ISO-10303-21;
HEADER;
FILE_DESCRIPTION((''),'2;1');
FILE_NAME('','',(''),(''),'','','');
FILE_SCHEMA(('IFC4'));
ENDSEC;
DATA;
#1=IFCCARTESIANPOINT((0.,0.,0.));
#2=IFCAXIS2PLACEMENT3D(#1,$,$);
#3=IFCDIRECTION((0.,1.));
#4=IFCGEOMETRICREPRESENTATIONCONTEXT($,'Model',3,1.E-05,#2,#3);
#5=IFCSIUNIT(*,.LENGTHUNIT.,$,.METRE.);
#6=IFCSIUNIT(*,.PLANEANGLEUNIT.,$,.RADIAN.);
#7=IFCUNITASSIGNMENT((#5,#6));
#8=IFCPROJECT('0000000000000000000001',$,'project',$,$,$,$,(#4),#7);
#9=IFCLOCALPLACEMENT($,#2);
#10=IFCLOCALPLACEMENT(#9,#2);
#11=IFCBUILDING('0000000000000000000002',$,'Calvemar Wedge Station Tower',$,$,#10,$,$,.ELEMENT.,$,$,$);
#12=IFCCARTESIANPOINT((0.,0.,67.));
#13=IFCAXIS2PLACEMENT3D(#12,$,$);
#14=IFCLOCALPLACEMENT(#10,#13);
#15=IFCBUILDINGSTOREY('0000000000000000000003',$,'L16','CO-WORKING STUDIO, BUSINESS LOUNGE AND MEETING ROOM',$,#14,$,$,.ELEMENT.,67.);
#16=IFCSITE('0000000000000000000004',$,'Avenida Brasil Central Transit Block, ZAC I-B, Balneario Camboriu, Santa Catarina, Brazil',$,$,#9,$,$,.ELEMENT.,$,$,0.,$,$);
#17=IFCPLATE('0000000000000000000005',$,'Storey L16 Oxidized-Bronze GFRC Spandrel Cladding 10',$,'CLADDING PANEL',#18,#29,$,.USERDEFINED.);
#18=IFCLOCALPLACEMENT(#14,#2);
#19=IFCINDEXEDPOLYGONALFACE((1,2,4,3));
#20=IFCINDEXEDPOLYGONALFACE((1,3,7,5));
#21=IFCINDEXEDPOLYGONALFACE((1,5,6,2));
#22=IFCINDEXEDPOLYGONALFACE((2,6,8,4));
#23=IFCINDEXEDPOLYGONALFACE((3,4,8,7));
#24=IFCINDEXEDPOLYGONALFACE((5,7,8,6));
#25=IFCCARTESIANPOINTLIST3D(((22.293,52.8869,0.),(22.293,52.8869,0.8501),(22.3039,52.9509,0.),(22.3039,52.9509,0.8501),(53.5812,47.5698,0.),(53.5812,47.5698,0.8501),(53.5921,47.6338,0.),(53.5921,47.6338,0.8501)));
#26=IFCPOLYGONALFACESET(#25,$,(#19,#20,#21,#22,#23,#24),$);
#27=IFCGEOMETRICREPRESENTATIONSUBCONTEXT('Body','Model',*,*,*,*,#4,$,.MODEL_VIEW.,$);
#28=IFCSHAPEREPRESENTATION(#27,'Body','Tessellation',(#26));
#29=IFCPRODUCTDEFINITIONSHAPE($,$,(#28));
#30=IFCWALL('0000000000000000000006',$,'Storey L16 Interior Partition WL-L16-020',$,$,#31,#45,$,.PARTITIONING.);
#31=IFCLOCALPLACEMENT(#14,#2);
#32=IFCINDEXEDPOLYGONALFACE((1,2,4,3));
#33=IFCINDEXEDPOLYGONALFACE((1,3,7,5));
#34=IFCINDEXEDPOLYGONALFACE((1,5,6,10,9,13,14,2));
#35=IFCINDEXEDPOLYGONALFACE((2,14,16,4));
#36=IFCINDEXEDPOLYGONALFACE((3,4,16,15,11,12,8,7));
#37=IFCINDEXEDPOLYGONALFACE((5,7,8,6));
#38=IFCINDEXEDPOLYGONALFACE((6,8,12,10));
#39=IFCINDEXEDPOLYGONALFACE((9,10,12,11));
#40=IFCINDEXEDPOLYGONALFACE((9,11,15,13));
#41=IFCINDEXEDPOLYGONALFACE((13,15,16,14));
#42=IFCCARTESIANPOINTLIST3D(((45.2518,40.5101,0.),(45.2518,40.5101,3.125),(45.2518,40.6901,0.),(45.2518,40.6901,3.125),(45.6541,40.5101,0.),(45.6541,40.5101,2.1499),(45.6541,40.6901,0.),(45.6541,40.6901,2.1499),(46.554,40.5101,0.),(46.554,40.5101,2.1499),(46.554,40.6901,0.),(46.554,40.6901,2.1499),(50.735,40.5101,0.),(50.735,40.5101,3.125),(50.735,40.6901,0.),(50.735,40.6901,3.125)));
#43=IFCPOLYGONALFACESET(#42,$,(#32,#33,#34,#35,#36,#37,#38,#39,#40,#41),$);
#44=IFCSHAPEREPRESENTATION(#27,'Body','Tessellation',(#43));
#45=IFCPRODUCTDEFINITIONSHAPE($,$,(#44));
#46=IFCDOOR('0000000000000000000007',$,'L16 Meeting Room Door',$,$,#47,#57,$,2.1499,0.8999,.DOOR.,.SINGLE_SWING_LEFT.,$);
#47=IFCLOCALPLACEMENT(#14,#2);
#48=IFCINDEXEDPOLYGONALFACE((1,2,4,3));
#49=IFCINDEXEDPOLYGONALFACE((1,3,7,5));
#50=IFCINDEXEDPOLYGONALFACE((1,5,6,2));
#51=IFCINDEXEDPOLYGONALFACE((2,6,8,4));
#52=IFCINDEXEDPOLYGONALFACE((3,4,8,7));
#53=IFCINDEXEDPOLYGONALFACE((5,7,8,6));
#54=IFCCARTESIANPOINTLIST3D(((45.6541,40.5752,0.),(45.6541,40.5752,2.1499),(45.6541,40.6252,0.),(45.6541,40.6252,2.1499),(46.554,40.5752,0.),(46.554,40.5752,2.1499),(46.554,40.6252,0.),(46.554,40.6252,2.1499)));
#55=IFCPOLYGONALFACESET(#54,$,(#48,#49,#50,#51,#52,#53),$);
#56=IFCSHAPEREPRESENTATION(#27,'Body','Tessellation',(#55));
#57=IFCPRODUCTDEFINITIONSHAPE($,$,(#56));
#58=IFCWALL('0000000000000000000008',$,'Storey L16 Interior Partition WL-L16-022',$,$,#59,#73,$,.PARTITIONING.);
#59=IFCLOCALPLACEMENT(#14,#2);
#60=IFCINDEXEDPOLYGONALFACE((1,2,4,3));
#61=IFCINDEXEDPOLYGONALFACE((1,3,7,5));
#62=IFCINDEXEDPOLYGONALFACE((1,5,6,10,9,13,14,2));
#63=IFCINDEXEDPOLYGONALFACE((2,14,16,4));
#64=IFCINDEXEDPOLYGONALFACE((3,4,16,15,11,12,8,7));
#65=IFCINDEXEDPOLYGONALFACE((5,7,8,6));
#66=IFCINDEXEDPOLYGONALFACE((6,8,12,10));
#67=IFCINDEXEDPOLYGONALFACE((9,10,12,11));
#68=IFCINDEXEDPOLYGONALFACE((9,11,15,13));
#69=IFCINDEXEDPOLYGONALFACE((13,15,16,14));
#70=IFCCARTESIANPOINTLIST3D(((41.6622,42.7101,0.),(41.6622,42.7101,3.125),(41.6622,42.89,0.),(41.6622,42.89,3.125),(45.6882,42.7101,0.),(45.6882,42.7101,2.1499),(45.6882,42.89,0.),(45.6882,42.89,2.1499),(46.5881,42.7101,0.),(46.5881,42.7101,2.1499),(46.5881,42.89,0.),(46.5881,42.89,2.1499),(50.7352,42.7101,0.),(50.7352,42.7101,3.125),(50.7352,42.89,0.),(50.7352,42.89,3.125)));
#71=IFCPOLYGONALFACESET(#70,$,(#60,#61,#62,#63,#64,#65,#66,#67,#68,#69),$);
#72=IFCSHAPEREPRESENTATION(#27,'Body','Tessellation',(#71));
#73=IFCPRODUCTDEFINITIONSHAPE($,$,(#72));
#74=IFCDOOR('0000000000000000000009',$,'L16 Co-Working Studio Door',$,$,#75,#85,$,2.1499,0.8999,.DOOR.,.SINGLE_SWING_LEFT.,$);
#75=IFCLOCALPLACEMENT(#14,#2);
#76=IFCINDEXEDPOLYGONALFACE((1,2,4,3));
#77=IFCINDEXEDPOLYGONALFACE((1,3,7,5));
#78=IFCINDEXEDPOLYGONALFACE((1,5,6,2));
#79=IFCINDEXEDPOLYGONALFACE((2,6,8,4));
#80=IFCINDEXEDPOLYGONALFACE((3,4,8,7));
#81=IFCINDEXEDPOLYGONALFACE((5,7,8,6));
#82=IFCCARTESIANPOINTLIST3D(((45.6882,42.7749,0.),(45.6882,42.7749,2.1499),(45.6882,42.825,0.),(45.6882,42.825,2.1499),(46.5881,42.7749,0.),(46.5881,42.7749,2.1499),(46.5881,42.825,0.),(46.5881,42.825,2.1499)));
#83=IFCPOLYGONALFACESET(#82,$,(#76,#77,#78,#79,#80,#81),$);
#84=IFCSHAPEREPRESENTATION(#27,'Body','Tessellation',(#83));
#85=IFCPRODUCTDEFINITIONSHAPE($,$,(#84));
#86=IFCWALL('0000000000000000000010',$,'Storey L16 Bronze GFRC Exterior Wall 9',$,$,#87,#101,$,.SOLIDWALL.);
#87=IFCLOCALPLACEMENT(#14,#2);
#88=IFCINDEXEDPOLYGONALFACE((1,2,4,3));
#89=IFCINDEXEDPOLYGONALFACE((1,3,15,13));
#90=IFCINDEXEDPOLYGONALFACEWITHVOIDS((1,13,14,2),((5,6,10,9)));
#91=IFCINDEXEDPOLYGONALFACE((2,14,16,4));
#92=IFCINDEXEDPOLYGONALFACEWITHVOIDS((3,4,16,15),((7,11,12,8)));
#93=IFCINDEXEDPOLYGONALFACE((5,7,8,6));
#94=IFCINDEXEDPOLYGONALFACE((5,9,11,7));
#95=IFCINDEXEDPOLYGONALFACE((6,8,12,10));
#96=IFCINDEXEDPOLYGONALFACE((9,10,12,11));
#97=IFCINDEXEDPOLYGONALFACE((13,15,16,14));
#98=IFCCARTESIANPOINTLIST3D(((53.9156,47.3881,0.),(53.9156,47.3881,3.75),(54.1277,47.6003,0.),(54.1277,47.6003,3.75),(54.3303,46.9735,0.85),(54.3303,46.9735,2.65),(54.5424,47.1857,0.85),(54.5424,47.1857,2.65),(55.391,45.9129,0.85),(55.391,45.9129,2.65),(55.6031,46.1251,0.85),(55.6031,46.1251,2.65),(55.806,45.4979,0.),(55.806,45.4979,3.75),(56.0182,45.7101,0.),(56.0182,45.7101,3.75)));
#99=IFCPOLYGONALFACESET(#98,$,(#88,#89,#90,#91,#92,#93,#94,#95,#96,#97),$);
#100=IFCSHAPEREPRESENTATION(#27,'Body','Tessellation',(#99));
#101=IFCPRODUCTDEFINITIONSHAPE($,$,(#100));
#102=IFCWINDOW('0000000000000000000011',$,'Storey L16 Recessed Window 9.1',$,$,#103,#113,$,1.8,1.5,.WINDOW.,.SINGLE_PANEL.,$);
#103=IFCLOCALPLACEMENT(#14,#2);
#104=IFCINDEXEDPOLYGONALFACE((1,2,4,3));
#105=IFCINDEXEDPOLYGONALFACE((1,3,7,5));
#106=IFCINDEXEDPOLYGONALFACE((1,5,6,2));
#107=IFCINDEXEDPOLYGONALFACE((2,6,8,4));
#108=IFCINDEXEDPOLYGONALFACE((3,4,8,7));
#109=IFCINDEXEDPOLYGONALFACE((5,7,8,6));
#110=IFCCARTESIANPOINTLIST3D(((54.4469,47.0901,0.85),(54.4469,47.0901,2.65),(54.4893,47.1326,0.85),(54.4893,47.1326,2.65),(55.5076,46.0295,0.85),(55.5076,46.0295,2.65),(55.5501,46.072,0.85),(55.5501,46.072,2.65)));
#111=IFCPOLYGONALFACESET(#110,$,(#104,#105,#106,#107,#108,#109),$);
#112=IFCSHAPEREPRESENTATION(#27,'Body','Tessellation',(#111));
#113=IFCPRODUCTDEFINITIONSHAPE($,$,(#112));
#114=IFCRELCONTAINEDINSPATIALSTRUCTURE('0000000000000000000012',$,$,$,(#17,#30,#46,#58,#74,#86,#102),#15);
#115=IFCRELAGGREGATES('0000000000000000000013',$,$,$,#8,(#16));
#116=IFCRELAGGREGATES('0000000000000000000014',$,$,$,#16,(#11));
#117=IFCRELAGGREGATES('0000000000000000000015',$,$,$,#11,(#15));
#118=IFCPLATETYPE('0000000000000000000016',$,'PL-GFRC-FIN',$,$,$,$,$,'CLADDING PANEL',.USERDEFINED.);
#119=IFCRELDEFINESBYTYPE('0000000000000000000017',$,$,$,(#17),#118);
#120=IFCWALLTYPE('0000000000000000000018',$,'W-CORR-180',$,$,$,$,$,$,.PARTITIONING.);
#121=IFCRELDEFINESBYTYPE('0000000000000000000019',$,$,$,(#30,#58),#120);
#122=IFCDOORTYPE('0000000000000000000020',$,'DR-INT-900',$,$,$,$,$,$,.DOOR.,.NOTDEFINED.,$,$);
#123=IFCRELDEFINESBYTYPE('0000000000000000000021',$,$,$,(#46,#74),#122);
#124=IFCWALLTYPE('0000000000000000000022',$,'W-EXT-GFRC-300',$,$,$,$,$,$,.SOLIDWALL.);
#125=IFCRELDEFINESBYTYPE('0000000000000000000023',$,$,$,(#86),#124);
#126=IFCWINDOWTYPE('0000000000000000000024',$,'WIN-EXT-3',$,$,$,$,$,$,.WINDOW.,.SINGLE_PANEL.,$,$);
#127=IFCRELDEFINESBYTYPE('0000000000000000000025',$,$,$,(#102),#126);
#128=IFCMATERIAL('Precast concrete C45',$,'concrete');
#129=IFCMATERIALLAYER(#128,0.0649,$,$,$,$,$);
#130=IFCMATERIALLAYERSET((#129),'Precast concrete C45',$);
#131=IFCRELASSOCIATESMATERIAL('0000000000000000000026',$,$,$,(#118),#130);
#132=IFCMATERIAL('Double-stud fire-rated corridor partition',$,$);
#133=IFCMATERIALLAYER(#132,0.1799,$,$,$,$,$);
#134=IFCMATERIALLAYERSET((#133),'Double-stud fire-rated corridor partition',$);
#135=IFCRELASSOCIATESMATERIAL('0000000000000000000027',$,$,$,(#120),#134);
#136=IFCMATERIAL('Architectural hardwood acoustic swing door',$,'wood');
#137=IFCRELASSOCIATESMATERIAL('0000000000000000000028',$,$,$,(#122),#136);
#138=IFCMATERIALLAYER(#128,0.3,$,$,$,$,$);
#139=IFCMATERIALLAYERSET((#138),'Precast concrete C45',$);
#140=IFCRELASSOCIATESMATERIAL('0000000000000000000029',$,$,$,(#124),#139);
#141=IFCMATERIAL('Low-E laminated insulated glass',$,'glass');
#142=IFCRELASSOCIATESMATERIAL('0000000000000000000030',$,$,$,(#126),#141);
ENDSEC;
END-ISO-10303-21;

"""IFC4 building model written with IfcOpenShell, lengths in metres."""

from ifc_helpers import new_model, si_unit, direction, frame, frame_2d, origin, place, context, subcontext, project, spatial, rectangle, extrude, source, transform, mapped, material, layer, layer_set, type_object, element, fill, save


model = new_model("IFC4")

# Units and contexts
model_context = context("Model", 3, precision=1e-05, world=origin(), true_north=direction((0.0, 1.0)))
body_context = subcontext(model_context, "Body", "Model", "MODEL_VIEW")
ifc_project = project(units=[si_unit("LENGTHUNIT", "METRE"), si_unit("PLANEANGLEUNIT", "RADIAN")], contexts=[model_context])

# Site, building, storey
site_placement = place(None, origin())
site = spatial("IfcSite", under=ifc_project, at=site_placement, Name="Avenida Brasil Central Transit Block, ZAC I-B, Balneario Camboriu, Santa Catarina, Brazil", CompositionType="ELEMENT", RefElevation=0.0)
building_placement = place(site_placement, origin())
building = spatial("IfcBuilding", under=site, at=building_placement, Name="Calvemar Wedge Station Tower", CompositionType="ELEMENT")
storey_placement = place(building_placement, frame((0.0, 0.0, 67.0)))
storey = spatial("IfcBuildingStorey", under=building, at=storey_placement, Name="L16", Description="CO-WORKING STUDIO, BUSINESS LOUNGE AND MEETING ROOM", CompositionType="ELEMENT", Elevation=67.0)

# Plate
ifc_material_1 = material(Name="Precast concrete C45", Category="concrete")
ifc_layer_1 = layer(ifc_material_1, 0.0649)
ifc_layer_set_1 = layer_set([ifc_layer_1], Name="Precast concrete C45")
plate_type = type_object("IfcPlateType", Name="PL-GFRC-FIN", ElementType="CLADDING PANEL", PredefinedType="USERDEFINED", material=ifc_layer_set_1)
plate_placement = place(storey_placement, frame((53.5867, 47.6018, 0.0), z_axis=(0.0, 0.0, 1.0), x_axis=(-0.985866, 0.167538, 0.0)))
element("IfcPlate", 1, at=plate_placement, inside=storey, type_object=plate_type, Name="Storey L16 Oxidized-Bronze GFRC Spandrel Cladding 10", ObjectType="CLADDING PANEL", PredefinedType="USERDEFINED", context=body_context, shape_type="SweptSolid", body=[
    extrude(rectangle(XDim=31.7368, YDim=0.0649, at=frame_2d((15.8684, 0.0))), origin(), (0.0, 0.0, 1.0), 0.8501),
])

# Walls, openings, doors
ifc_material_2 = material(Name="Double-stud fire-rated corridor partition")
ifc_layer_2 = layer(ifc_material_2, 0.1799)
ifc_layer_set_2 = layer_set([ifc_layer_2], Name="Double-stud fire-rated corridor partition")
wall_type_1 = type_object("IfcWallType", Name="W-CORR-180", PredefinedType="PARTITIONING", material=ifc_layer_set_2)
wall_1_placement = place(storey_placement, frame((50.7351, 40.6001, 0.0), z_axis=(0.0, 0.0, 1.0), x_axis=(-1.0, 0.0, 0.0)))
wall_1 = element("IfcWall", 2, at=wall_1_placement, inside=storey, type_object=wall_type_1, Name="Storey L16 Interior Partition WL-L16-020", PredefinedType="PARTITIONING", context=body_context, shape_type="SweptSolid", body=[
    extrude(rectangle(XDim=5.4832, YDim=0.1799, at=frame_2d((2.7417, 0.0))), origin(), (0.0, 0.0, 1.0), 3.125),
])
shared_shape_1 = source(origin(), body_context, "Body", "SweptSolid", [
    extrude(rectangle(XDim=0.8999, YDim=2.1499, at=frame_2d((0.45, 1.075))), frame((0.0, 0.1001, 0.0), z_axis=(0.0, -1.0, 0.0), x_axis=(1.0, 0.0, 0.0)), (0.0, 0.0, 1.0), 0.2),
])
opening_1_placement = place(wall_1_placement, frame((4.1812, 0.0, 0.0)))
opening_1 = element("IfcOpeningElement", 3, at=opening_1_placement, cuts=wall_1, PredefinedType="OPENING", context=body_context, shape_type="MappedRepresentation", body=[
    mapped(shared_shape_1, transform((0.0, 0.0, 0.0), scale=1.0)),
])
ifc_material_3 = material(Name="Architectural hardwood acoustic swing door", Category="wood")
door_type = type_object("IfcDoorType", Name="DR-INT-900", OperationType="NOTDEFINED", PredefinedType="DOOR", material=ifc_material_3)
shared_shape_2 = source(origin(), body_context, "Body", "SweptSolid", [
    extrude(rectangle(XDim=0.8999, YDim=2.1499, at=frame_2d((0.45, 1.075))), frame((0.0, 0.0249, 0.0), z_axis=(0.0, -1.0, 0.0), x_axis=(1.0, 0.0, 0.0)), (0.0, 0.0, 1.0), 0.05),
])
door_1_placement = place(opening_1_placement, origin())
door_1 = element("IfcDoor", 4, at=door_1_placement, inside=storey, type_object=door_type, Name="L16 Meeting Room Door", OperationType="SINGLE_SWING_LEFT", OverallHeight=2.1499, OverallWidth=0.8999, PredefinedType="DOOR", context=body_context, shape_type="MappedRepresentation", body=[
    mapped(shared_shape_2, transform((0.0, 0.0, 0.0), scale=1.0)),
])
fill(opening_1, door_1)
wall_2_placement = place(storey_placement, frame((41.6621, 42.8, 0.0), z_axis=(0.0, 0.0, 1.0), x_axis=(1.0, 0.0, 0.0)))
wall_2 = element("IfcWall", 5, at=wall_2_placement, inside=storey, type_object=wall_type_1, Name="Storey L16 Interior Partition WL-L16-022", PredefinedType="PARTITIONING", context=body_context, shape_type="SweptSolid", body=[
    extrude(rectangle(XDim=9.073, YDim=0.1799, at=frame_2d((4.5366, 0.0))), origin(), (0.0, 0.0, 1.0), 3.125),
])
opening_2_placement = place(wall_2_placement, frame((4.0261, 0.0, 0.0)))
opening_2 = element("IfcOpeningElement", 6, at=opening_2_placement, cuts=wall_2, PredefinedType="OPENING", context=body_context, shape_type="MappedRepresentation", body=[
    mapped(shared_shape_1, transform((0.0, 0.0, 0.0), scale=1.0)),
])
door_2_placement = place(opening_2_placement, origin())
door_2 = element("IfcDoor", 7, at=door_2_placement, inside=storey, type_object=door_type, Name="L16 Co-Working Studio Door", OperationType="SINGLE_SWING_LEFT", OverallHeight=2.1499, OverallWidth=0.8999, PredefinedType="DOOR", context=body_context, shape_type="MappedRepresentation", body=[
    mapped(shared_shape_2, transform((0.0, 0.0, 0.0), scale=1.0)),
])
fill(opening_2, door_2)

# Wall, opening, window
ifc_layer_3 = layer(ifc_material_1, 0.3)
ifc_layer_set_3 = layer_set([ifc_layer_3], Name="Precast concrete C45")
wall_type_2 = type_object("IfcWallType", Name="W-EXT-GFRC-300", PredefinedType="SOLIDWALL", material=ifc_layer_set_3)
wall_3_placement = place(storey_placement, frame((55.9121, 45.604, 0.0), z_axis=(0.0, 0.0, 1.0), x_axis=(-0.707152, 0.707061, 0.0)))
wall_3 = element("IfcWall", 8, at=wall_3_placement, inside=storey, type_object=wall_type_2, Name="Storey L16 Bronze GFRC Exterior Wall 9", PredefinedType="SOLIDWALL", context=body_context, shape_type="SweptSolid", body=[
    extrude(rectangle(XDim=2.6733, YDim=0.3, at=frame_2d((1.3367, 0.0))), origin(), (0.0, 0.0, 1.0), 3.75),
])
shared_shape_3 = source(origin(), body_context, "Body", "SweptSolid", [
    extrude(rectangle(XDim=1.5, YDim=1.8, at=frame_2d((0.75, 0.8999))), frame((0.0, 0.1602, 0.0), z_axis=(0.0, -1.0, 0.0), x_axis=(1.0, 0.0, 0.0)), (0.0, 0.0, 1.0), 0.3201),
])
opening_3_placement = place(wall_3_placement, frame((0.5869, 0.0, 0.8501)))
opening_3 = element("IfcOpeningElement", 9, at=opening_3_placement, cuts=wall_3, PredefinedType="OPENING", context=body_context, shape_type="MappedRepresentation", body=[
    mapped(shared_shape_3, transform((0.0, 0.0, 0.0), scale=1.0)),
])
ifc_material_4 = material(Name="Low-E laminated insulated glass", Category="glass")
window_type_1 = type_object("IfcWindowType", Name="WIN-EXT-3", PartitioningType="SINGLE_PANEL", PredefinedType="WINDOW", material=ifc_material_4)
shared_shape_4 = source(origin(), body_context, "Body", "SweptSolid", [
    extrude(rectangle(XDim=1.5, YDim=1.8, at=frame_2d((0.75, 0.8999))), frame((0.0, -0.0149, 0.0), z_axis=(0.0, -1.0, 0.0), x_axis=(1.0, 0.0, 0.0)), (0.0, 0.0, 1.0), 0.0601),
])
window_1_placement = place(opening_3_placement, origin())
window_1 = element("IfcWindow", 10, at=window_1_placement, inside=storey, type_object=window_type_1, Name="Storey L16 Recessed Window 9.1", OverallHeight=1.8, OverallWidth=1.5, PartitioningType="SINGLE_PANEL", PredefinedType="WINDOW", context=body_context, shape_type="MappedRepresentation", body=[
    mapped(shared_shape_4, transform((0.0, 0.0, 0.0), scale=1.0)),
])
fill(opening_3, window_1)

save(model, "model.ifc")
